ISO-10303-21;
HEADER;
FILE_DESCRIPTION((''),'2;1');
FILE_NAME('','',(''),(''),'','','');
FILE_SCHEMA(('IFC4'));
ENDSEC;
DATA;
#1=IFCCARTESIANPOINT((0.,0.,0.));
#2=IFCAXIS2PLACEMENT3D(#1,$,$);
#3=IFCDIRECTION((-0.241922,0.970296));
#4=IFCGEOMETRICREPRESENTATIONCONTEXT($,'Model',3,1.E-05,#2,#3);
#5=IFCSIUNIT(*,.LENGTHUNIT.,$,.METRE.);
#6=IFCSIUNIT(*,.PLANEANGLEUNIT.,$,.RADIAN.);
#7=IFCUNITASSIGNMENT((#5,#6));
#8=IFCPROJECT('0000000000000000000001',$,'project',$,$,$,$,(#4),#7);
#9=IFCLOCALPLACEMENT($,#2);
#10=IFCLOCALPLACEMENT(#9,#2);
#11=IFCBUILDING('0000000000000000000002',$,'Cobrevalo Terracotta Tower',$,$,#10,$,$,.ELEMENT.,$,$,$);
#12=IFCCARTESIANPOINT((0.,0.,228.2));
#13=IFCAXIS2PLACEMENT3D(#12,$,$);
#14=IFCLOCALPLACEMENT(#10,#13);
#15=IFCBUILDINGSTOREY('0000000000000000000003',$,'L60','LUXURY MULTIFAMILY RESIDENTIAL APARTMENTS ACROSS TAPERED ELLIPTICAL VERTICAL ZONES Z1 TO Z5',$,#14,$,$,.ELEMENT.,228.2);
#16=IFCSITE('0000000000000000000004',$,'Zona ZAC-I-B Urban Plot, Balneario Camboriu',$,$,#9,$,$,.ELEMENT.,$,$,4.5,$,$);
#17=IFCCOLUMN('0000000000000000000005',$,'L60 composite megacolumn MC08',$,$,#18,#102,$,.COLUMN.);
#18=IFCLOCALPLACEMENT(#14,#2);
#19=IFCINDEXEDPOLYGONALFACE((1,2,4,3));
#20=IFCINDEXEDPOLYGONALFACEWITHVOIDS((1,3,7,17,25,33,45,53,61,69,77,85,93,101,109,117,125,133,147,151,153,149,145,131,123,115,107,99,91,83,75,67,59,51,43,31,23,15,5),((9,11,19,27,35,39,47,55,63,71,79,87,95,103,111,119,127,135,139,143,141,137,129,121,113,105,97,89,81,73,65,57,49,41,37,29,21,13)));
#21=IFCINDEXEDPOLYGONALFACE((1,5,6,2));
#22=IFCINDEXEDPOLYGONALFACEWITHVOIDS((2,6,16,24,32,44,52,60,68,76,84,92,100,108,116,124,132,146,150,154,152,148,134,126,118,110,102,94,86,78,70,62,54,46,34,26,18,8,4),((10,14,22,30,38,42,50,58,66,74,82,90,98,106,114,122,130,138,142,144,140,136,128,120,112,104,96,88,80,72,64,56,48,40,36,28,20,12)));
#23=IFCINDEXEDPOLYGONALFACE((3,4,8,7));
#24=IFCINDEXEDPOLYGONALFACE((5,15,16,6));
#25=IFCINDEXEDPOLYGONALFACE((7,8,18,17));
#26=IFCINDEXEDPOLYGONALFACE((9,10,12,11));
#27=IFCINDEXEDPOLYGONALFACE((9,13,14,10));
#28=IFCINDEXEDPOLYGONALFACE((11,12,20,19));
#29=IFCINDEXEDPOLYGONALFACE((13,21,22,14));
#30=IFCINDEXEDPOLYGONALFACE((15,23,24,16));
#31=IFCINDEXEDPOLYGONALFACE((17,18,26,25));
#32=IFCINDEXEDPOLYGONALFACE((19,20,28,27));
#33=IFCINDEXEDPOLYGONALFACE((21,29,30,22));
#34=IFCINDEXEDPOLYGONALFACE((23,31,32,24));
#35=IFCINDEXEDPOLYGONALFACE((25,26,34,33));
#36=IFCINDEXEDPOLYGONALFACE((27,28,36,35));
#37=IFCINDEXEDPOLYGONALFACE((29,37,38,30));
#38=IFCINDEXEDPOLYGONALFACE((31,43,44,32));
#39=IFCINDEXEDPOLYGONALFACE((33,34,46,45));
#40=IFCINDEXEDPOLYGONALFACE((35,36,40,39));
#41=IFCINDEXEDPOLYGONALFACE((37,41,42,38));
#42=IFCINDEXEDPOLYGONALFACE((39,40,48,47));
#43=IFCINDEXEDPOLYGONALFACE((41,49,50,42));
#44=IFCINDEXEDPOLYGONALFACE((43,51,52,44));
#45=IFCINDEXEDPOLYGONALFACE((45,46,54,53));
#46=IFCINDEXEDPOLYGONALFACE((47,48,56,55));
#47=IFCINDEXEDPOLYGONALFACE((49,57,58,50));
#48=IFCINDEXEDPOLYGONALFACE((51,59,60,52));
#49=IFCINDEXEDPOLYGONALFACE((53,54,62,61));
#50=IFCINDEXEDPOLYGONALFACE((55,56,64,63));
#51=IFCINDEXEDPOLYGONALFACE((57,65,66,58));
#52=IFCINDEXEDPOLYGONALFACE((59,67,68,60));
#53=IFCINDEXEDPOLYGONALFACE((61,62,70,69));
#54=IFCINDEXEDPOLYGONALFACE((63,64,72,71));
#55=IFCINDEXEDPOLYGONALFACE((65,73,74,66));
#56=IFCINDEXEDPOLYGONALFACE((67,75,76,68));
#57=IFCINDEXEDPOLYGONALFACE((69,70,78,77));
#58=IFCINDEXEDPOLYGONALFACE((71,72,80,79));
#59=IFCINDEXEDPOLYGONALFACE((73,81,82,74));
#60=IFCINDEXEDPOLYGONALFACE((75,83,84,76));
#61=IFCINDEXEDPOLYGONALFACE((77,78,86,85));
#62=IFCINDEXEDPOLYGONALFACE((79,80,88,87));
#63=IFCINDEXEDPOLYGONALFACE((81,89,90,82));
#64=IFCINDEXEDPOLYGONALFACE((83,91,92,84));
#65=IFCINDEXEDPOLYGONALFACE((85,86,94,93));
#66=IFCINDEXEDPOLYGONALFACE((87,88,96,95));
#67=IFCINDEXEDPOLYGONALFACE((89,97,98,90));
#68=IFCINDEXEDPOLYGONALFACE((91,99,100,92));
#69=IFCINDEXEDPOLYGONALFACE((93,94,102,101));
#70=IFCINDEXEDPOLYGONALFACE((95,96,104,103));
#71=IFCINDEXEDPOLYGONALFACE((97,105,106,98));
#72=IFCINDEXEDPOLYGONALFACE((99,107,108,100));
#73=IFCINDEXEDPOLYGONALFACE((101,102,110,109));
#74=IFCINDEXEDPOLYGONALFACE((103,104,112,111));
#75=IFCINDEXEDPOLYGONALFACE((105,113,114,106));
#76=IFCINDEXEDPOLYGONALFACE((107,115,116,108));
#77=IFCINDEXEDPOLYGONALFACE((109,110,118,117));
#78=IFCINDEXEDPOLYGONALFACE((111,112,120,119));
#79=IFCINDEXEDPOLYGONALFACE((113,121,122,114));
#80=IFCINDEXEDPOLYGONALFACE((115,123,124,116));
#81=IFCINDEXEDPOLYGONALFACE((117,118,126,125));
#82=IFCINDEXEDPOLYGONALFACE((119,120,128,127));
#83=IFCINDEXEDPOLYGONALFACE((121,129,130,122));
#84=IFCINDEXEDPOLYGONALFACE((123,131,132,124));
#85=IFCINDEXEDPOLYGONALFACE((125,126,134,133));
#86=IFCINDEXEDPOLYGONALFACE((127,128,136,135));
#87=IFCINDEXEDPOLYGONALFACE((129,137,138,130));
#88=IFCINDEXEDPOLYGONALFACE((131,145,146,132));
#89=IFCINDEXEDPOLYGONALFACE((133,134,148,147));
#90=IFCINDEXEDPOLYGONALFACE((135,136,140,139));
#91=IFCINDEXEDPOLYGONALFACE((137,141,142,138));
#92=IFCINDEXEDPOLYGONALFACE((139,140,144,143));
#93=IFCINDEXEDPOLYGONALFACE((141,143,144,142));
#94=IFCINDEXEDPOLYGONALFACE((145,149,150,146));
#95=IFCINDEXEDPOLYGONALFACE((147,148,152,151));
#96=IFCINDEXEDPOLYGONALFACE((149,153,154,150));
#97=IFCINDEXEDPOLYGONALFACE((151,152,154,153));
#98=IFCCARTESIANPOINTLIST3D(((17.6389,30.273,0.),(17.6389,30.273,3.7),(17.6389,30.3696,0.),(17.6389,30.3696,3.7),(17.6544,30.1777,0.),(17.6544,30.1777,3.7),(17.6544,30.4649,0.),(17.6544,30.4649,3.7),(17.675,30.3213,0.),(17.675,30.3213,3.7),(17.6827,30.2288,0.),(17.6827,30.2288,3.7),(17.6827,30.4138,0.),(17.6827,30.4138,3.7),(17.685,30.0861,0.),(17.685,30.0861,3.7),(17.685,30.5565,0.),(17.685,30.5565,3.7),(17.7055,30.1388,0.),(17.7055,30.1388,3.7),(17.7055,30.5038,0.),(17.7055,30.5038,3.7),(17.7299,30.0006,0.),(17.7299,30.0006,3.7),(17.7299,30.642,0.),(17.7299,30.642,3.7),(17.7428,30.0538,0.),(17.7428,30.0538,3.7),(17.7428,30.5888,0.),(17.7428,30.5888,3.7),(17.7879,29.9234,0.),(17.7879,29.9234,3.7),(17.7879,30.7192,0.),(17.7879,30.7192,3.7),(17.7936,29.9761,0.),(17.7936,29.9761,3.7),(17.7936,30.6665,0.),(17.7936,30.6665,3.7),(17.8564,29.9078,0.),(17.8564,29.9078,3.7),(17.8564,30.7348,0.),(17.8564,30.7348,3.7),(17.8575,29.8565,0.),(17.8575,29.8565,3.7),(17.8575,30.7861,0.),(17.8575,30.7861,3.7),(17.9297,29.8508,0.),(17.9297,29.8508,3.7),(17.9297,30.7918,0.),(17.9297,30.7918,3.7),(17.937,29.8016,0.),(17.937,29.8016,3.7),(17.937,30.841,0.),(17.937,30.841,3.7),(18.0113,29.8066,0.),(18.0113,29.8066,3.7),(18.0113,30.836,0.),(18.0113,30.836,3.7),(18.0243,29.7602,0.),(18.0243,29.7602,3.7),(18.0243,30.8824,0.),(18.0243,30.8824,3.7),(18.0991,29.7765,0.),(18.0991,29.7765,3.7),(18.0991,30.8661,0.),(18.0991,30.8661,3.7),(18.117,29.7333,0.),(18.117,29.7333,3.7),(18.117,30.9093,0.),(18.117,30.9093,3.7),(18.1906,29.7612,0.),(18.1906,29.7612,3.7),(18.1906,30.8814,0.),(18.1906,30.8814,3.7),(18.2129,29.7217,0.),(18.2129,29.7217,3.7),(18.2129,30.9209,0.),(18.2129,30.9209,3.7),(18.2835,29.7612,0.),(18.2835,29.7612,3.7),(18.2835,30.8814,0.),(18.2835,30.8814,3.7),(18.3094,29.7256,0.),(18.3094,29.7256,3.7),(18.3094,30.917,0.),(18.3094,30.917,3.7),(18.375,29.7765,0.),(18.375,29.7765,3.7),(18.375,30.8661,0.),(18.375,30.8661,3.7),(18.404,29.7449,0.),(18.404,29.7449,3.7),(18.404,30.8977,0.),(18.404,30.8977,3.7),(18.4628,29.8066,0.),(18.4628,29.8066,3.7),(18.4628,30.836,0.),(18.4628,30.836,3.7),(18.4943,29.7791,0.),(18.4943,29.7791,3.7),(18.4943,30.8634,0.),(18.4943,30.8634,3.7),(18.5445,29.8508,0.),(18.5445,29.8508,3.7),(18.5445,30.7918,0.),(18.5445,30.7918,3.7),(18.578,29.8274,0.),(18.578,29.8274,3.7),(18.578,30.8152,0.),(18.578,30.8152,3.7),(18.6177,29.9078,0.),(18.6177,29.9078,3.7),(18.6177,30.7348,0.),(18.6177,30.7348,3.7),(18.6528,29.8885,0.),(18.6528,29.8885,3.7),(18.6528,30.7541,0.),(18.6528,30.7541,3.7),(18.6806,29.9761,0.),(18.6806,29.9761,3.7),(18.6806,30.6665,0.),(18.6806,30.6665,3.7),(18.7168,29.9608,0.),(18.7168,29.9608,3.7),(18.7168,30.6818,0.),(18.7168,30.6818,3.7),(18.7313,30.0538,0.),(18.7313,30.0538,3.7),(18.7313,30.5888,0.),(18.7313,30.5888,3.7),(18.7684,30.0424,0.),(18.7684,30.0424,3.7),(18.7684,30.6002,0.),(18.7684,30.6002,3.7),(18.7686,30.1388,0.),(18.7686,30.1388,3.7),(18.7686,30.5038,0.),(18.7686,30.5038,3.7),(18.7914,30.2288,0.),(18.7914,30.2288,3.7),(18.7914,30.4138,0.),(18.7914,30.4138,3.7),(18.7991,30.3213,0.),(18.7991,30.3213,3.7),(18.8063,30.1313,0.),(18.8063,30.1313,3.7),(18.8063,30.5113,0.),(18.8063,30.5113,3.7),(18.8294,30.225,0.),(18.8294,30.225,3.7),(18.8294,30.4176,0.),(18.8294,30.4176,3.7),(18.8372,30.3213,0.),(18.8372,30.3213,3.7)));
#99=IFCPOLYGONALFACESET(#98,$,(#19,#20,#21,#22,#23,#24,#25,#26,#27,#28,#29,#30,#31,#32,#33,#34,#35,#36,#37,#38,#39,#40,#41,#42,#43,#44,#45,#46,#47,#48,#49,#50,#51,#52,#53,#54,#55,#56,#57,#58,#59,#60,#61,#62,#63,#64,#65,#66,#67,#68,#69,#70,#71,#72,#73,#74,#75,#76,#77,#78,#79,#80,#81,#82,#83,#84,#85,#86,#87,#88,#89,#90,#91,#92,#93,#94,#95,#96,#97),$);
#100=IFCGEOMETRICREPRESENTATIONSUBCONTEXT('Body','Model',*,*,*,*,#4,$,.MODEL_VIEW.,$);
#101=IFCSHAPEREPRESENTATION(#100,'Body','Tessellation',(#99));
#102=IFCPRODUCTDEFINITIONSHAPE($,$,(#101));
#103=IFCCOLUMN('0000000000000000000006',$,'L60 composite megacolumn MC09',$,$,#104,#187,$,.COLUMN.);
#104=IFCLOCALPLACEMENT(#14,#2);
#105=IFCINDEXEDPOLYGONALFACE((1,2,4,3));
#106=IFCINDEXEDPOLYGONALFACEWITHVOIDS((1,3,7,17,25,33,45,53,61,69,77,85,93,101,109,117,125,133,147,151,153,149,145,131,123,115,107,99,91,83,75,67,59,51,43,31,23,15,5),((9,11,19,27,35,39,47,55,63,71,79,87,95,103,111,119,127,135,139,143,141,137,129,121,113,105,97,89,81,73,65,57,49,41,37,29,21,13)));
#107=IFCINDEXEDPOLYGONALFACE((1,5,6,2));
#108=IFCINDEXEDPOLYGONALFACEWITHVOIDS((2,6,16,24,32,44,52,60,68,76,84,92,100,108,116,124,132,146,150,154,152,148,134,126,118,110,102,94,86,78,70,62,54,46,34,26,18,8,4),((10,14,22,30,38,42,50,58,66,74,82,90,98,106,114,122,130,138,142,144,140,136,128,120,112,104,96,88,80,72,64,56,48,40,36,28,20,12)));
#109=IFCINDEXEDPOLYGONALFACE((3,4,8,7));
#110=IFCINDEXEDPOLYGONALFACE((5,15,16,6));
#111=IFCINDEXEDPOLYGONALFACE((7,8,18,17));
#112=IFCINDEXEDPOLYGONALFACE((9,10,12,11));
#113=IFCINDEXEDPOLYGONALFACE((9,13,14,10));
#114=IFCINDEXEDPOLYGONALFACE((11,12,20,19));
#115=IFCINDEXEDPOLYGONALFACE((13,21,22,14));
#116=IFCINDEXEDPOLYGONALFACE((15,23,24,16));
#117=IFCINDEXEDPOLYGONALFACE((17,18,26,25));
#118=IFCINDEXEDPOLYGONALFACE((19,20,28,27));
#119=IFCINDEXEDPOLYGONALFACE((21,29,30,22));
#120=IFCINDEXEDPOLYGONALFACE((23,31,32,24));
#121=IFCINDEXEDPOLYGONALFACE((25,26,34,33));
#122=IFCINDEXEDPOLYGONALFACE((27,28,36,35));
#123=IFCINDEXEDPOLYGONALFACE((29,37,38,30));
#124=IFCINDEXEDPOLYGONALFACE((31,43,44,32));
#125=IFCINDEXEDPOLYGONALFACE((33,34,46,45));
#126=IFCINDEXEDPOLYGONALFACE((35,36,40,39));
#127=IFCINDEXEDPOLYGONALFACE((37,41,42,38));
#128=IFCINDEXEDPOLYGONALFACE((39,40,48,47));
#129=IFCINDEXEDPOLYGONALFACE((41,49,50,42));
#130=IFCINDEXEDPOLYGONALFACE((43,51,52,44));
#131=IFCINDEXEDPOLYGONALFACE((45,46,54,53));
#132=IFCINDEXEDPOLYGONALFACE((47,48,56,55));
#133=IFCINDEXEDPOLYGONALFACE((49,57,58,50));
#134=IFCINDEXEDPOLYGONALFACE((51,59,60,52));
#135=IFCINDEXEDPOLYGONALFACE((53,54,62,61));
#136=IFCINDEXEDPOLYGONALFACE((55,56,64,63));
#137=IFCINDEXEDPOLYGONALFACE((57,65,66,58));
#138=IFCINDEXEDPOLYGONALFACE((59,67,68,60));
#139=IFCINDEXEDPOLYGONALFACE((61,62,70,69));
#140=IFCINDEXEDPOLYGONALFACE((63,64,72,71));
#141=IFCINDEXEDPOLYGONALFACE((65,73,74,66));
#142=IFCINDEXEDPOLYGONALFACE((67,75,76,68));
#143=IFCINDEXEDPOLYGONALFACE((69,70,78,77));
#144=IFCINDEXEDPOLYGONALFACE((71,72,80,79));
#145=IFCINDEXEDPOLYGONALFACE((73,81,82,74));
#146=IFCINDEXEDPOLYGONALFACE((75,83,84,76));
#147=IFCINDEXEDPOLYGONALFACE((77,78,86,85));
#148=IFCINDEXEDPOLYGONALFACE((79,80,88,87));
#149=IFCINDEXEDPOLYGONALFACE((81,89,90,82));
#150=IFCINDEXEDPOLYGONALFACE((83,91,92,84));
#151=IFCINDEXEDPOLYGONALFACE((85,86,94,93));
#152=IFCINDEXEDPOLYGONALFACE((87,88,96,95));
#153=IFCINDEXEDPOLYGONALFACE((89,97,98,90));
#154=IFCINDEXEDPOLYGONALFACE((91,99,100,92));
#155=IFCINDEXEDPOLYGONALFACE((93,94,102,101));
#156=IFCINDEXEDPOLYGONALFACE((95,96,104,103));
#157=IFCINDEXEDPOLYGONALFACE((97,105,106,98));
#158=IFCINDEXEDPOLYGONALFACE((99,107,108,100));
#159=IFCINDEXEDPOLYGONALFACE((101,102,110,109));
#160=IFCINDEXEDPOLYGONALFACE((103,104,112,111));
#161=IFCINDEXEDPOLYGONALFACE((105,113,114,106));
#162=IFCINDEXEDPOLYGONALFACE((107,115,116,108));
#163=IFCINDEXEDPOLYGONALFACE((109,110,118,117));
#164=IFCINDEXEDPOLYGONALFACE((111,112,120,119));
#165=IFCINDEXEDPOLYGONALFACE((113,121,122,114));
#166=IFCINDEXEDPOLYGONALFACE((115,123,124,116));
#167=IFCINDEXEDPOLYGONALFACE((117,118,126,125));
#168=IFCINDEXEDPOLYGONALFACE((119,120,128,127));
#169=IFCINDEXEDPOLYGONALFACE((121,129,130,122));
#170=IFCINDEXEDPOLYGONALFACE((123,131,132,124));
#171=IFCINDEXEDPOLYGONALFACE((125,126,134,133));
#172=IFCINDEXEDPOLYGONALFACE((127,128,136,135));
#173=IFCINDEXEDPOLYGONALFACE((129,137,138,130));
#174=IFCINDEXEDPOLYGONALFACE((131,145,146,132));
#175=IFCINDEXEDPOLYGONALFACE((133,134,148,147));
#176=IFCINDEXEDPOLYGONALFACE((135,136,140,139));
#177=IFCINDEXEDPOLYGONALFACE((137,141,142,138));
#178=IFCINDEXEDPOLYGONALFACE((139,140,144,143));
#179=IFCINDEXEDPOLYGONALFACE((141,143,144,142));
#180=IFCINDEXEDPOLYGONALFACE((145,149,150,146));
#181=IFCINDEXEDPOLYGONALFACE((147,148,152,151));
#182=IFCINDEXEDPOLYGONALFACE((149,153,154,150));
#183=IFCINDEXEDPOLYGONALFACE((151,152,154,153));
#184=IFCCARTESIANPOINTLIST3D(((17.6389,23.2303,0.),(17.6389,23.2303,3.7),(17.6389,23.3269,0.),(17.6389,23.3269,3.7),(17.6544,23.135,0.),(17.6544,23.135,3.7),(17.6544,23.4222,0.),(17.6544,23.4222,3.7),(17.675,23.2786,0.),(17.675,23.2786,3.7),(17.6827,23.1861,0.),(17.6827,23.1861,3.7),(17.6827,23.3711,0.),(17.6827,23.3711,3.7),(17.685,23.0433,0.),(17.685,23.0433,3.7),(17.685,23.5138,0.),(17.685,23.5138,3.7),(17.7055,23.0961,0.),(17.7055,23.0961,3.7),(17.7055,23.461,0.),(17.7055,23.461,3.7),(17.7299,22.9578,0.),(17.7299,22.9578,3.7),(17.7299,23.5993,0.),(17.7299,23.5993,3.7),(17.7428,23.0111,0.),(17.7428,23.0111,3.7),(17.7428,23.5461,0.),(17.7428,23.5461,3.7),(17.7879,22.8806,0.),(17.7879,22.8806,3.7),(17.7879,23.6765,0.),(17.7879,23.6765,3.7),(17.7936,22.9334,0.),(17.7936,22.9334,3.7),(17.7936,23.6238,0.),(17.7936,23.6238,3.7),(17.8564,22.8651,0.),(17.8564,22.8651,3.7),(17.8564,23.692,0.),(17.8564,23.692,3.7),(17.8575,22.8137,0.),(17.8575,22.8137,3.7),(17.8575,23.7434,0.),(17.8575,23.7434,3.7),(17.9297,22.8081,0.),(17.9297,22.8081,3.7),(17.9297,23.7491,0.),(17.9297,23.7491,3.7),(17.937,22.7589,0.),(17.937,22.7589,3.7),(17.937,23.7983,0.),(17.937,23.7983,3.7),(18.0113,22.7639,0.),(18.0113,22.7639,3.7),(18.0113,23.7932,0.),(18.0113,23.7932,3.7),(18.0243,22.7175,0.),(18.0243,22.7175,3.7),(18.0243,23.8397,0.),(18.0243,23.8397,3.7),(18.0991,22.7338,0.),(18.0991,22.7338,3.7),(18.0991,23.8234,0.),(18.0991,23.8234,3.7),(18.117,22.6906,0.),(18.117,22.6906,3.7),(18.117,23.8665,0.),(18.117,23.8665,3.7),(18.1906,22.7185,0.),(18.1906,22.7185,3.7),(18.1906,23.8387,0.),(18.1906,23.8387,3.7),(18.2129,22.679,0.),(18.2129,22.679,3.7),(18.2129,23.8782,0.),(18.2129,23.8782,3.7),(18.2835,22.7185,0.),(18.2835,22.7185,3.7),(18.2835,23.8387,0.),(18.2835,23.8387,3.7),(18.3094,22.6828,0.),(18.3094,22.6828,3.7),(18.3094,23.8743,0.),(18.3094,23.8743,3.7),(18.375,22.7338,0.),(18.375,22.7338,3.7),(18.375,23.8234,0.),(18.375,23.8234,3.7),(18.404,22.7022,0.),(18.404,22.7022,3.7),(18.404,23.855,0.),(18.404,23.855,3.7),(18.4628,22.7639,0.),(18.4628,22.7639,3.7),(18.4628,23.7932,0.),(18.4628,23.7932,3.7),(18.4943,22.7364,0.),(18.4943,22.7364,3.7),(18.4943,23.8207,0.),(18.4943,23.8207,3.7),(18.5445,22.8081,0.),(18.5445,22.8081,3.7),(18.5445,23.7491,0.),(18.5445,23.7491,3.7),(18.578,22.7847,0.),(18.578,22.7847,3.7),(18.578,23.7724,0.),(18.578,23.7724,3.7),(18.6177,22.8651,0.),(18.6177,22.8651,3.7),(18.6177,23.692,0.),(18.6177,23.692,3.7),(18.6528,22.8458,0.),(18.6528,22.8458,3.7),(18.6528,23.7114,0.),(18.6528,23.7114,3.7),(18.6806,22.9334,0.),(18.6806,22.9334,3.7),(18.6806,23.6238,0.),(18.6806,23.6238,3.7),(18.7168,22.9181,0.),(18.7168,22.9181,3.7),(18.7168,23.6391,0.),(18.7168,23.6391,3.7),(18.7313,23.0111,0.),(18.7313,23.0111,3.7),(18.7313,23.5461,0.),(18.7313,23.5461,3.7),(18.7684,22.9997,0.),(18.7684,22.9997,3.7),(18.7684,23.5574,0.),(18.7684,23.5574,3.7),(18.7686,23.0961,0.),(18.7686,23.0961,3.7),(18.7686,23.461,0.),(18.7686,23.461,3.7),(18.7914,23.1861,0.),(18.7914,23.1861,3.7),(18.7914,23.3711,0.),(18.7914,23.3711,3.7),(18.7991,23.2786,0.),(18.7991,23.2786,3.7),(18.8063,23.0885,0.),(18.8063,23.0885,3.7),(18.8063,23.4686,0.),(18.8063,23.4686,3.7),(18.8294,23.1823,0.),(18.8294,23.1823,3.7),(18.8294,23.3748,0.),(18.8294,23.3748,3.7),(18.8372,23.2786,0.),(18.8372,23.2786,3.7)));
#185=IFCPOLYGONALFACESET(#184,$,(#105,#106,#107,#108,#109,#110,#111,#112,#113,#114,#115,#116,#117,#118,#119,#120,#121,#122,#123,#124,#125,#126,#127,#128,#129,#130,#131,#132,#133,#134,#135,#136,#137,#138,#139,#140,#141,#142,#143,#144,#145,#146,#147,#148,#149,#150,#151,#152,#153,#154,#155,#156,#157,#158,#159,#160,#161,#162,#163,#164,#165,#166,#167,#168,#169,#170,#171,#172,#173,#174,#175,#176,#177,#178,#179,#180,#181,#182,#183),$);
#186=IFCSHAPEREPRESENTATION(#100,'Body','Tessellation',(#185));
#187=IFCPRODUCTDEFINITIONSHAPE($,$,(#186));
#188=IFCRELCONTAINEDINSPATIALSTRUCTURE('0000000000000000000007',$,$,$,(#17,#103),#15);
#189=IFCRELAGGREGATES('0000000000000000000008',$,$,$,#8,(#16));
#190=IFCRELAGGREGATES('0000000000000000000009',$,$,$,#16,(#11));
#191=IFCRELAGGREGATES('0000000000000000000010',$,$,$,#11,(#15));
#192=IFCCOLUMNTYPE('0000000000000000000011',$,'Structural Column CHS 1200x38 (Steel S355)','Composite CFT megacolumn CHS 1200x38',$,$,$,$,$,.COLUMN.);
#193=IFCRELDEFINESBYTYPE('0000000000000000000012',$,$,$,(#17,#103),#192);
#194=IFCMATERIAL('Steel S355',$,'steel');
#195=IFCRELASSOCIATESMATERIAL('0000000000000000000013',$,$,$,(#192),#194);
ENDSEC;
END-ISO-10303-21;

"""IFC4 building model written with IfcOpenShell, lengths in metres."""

from ifc_helpers import new_model, si_unit, direction, frame, origin, origin_2d, place, context, subcontext, project, spatial, hollow_circle, extrude, material, material_profile, profile_set, type_object, element, save


model = new_model("IFC4")

# Units and contexts
model_context = context("Model", 3, precision=1e-05, world=origin(), true_north=direction((-0.241922, 0.970296)))
body_context = subcontext(model_context, "Body", "Model", "MODEL_VIEW")
ifc_project = project(units=[si_unit("LENGTHUNIT", "METRE"), si_unit("PLANEANGLEUNIT", "RADIAN")], contexts=[model_context])

# Site, building, storey
site_placement = place(None, origin())
site = spatial("IfcSite", under=ifc_project, at=site_placement, Name="Zona ZAC-I-B Urban Plot, Balneario Camboriu", CompositionType="ELEMENT", RefElevation=4.5)
building_placement = place(site_placement, origin())
building = spatial("IfcBuilding", under=site, at=building_placement, Name="Cobrevalo Terracotta Tower", CompositionType="ELEMENT")
storey_placement = place(building_placement, frame((0.0, 0.0, 228.2)))
storey = spatial("IfcBuildingStorey", under=building, at=storey_placement, Name="L60", Description="LUXURY MULTIFAMILY RESIDENTIAL APARTMENTS ACROSS TAPERED ELLIPTICAL VERTICAL ZONES Z1 TO Z5", CompositionType="ELEMENT", Elevation=228.2)

# Columns
ifc_material_1 = material(Name="Steel S355", Category="steel")
ifc_material_profile_1 = material_profile(ifc_material_1, hollow_circle(Radius=0.6001, WallThickness=0.0381, at=origin_2d()), Name="CHS 1200x38")
ifc_profile_set_1 = profile_set([ifc_material_profile_1], Name="Steel S355")
column_type = type_object("IfcColumnType", Name="Structural Column CHS 1200x38 (Steel S355)", Description="Composite CFT megacolumn CHS 1200x38", PredefinedType="COLUMN", material=ifc_profile_set_1)
for number, where, z_axis, x_axis, name in (
    (1, (18.2371, 30.3213, 0.0), (0.0, 0.0, 1.0), (1.0, 0.0, 0.0), "L60 composite megacolumn MC08"),
    (2, (18.2371, 23.2786, 0.0), (0.0, 0.0, 1.0), (1.0, 0.0, 0.0), "L60 composite megacolumn MC09"),
):
    element("IfcColumn", number, at=place(storey_placement, frame(where, z_axis=z_axis, x_axis=x_axis)), inside=storey, type_object=column_type, Name=name, PredefinedType="COLUMN", context=body_context, shape_type="SweptSolid", body=[
        extrude(hollow_circle(Radius=0.6001, WallThickness=0.0381, at=origin_2d()), origin(), (0.0, 0.0, 1.0), 3.7),
    ])

save(model, "model.ifc")
